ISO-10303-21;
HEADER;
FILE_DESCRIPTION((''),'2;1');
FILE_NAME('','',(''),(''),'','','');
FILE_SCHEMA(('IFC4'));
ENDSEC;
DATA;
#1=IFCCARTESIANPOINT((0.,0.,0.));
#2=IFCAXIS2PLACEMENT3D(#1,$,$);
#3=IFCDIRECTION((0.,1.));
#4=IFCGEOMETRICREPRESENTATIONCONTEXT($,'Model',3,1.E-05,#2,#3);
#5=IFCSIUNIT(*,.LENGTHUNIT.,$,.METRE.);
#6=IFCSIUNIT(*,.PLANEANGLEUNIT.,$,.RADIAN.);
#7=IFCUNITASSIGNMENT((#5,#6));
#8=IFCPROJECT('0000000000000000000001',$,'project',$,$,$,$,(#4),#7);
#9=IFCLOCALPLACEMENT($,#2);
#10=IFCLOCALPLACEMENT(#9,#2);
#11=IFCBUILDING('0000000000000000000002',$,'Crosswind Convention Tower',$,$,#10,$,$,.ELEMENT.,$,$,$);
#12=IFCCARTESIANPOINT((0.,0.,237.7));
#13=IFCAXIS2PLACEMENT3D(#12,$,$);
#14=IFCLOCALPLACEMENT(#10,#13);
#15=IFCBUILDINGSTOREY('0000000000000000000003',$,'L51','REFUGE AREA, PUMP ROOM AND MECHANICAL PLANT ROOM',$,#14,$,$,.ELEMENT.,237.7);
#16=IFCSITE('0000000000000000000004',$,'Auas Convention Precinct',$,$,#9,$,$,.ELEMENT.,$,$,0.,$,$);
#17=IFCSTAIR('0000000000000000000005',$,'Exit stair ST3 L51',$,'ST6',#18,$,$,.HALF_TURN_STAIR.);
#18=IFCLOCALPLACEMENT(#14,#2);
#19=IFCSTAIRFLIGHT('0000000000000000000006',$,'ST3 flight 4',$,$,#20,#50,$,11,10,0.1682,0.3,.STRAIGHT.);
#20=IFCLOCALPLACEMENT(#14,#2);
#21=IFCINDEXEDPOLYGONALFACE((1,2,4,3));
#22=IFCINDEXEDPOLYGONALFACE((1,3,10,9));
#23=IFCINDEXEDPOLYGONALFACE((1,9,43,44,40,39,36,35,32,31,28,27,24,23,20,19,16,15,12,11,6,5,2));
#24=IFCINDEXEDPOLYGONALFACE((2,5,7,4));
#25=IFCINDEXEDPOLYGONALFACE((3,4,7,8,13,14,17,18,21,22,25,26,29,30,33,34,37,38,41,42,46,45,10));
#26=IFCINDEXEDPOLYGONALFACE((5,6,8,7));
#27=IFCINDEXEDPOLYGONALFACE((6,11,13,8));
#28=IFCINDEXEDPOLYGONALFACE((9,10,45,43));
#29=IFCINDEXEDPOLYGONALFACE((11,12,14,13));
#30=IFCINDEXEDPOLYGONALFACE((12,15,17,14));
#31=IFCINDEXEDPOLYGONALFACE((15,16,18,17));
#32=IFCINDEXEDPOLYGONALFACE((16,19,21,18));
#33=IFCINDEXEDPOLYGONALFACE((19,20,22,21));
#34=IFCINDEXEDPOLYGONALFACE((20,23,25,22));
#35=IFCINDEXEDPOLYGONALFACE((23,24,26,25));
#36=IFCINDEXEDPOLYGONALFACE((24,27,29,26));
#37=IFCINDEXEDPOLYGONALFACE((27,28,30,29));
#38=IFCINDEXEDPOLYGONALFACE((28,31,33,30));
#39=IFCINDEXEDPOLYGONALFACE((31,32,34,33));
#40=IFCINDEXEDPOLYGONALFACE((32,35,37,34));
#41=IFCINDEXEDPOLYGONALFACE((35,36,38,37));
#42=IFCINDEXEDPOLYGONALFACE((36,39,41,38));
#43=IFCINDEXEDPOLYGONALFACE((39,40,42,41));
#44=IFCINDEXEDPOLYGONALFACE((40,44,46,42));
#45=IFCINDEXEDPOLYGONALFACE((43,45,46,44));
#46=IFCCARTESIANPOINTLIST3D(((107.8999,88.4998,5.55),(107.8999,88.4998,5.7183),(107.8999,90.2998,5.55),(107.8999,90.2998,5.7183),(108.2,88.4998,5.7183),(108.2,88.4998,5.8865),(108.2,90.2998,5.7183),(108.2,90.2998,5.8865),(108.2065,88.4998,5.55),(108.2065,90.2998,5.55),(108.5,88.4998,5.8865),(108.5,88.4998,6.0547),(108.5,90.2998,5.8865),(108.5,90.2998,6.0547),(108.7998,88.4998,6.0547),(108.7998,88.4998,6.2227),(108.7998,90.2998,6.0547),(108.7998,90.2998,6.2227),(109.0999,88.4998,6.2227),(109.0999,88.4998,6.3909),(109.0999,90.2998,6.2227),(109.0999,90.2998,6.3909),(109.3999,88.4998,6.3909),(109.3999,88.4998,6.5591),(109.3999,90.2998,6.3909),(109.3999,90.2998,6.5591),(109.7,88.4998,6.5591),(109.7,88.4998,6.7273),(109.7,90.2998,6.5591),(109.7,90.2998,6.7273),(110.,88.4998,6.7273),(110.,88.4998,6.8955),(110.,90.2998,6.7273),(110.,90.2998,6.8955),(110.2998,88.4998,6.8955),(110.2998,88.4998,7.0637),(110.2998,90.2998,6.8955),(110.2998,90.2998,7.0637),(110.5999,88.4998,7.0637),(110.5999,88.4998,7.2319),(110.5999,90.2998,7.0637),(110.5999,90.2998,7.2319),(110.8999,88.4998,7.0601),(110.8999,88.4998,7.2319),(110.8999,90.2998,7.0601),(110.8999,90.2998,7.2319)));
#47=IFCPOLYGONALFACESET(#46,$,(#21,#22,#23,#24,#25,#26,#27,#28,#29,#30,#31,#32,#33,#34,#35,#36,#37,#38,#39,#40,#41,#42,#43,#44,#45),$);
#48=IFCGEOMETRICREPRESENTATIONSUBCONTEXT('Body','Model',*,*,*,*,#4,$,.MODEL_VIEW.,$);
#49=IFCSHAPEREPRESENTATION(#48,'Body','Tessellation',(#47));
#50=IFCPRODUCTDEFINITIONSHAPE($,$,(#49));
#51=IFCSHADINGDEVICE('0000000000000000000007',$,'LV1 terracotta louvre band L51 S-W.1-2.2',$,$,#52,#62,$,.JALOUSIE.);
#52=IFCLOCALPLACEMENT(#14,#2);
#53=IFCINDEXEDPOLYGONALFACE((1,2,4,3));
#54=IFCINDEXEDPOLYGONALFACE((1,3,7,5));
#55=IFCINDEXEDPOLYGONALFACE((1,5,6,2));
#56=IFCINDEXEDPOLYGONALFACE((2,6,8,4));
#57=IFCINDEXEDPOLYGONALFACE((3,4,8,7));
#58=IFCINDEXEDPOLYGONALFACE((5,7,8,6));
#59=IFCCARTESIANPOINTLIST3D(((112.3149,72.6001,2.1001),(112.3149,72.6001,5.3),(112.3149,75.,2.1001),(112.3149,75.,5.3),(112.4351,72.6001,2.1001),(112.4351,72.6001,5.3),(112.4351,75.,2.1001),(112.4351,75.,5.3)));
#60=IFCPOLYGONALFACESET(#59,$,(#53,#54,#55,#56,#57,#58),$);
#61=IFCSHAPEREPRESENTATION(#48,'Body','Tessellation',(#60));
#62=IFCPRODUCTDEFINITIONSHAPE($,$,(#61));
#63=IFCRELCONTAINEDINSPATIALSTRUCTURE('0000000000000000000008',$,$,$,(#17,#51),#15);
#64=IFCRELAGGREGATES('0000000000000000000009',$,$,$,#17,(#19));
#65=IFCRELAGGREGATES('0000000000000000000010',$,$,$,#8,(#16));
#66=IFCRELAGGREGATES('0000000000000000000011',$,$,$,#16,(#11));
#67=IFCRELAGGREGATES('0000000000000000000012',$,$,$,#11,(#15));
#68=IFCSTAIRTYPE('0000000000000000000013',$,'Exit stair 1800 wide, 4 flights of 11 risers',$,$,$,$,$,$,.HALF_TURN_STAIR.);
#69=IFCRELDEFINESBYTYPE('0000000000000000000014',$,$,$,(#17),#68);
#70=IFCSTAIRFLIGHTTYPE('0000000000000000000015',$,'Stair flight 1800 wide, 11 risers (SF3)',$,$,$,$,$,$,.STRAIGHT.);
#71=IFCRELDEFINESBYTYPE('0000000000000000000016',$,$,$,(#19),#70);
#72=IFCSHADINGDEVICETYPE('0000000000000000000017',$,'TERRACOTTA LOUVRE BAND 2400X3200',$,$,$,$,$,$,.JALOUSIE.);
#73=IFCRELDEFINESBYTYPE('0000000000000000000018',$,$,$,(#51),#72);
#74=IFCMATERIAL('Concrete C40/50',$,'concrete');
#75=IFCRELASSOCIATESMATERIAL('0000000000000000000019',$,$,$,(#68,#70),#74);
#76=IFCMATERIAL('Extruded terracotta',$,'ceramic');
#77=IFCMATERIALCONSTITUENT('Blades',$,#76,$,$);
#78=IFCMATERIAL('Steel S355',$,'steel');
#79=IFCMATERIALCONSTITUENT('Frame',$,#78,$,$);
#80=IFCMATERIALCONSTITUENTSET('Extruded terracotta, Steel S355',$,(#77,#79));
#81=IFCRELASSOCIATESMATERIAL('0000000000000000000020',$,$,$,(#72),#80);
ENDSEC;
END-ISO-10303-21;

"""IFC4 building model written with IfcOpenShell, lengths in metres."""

from ifc_helpers import new_model, si_unit, direction, frame, origin, origin_2d, place, context, subcontext, project, spatial, polyline, rectangle, outline, extrude, material, constituent, constituent_set, type_object, element, aggregate, save


model = new_model("IFC4")

# Units and contexts
model_context = context("Model", 3, precision=1e-05, world=origin(), true_north=direction((0.0, 1.0)))
body_context = subcontext(model_context, "Body", "Model", "MODEL_VIEW")
ifc_project = project(units=[si_unit("LENGTHUNIT", "METRE"), si_unit("PLANEANGLEUNIT", "RADIAN")], contexts=[model_context])

# Site, building, storey
site_placement = place(None, origin())
site = spatial("IfcSite", under=ifc_project, at=site_placement, Name="Auas Convention Precinct", CompositionType="ELEMENT", RefElevation=0.0)
building_placement = place(site_placement, origin())
building = spatial("IfcBuilding", under=site, at=building_placement, Name="Crosswind Convention Tower", CompositionType="ELEMENT")
storey_placement = place(building_placement, frame((0.0, 0.0, 237.7)))
storey = spatial("IfcBuildingStorey", under=building, at=storey_placement, Name="L51", Description="REFUGE AREA, PUMP ROOM AND MECHANICAL PLANT ROOM", CompositionType="ELEMENT", Elevation=237.7)

# Shared definitions
ifc_material_1 = material(Name="Concrete C40/50", Category="concrete")

# Stair
stair_type = type_object("IfcStairType", Name="Exit stair 1800 wide, 4 flights of 11 risers", PredefinedType="HALF_TURN_STAIR", material=ifc_material_1)
stair_1_placement = place(storey_placement, origin())
stair_1 = element("IfcStair", 1, at=stair_1_placement, inside=storey, type_object=stair_type, Name="Exit stair ST3 L51", ObjectType="ST6", PredefinedType="HALF_TURN_STAIR")

# Stair flight
stair_flight_type = type_object("IfcStairFlightType", Name="Stair flight 1800 wide, 11 risers (SF3)", PredefinedType="STRAIGHT", material=ifc_material_1)
stair_flight_1_placement = place(storey_placement, frame((107.8999, 89.3999, 5.55), z_axis=(0.0, 0.0, 1.0), x_axis=(1.0, 0.0, 0.0)))
stair_flight_1 = element("IfcStairFlight", 2, at=stair_flight_1_placement, type_object=stair_flight_type, Name="ST3 flight 4", NumberOfRisers=11, NumberOfTreads=10, PredefinedType="STRAIGHT", RiserHeight=0.1682, TreadLength=0.3, context=body_context, shape_type="SweptSolid", body=[
    extrude(outline(polyline([(0.0, 0.0), (0.0, 0.1682), (0.3, 0.1682), (0.3, 0.3364), (0.6001, 0.3364), (0.6001, 0.5046), (0.8999, 0.5046), (0.8999, 0.6726), (1.2, 0.6726), (1.2, 0.8408), (1.5, 0.8408), (1.5, 1.009), (1.8, 1.009), (1.8, 1.1772), (2.1001, 1.1772), (2.1001, 1.3455), (2.3999, 1.3455), (2.3999, 1.5137), (2.7, 1.5137), (2.7, 1.6819), (3.0, 1.6819), (3.0, 1.8501), (3.0, 1.51), (0.3066, 0.0), (0.0, 0.0)])), frame((0.0, 0.8999, 0.0), z_axis=(0.0, -1.0, 0.0), x_axis=(1.0, 0.0, 0.0)), (0.0, 0.0, 1.0), 1.8),
])
aggregate(stair_1, [stair_flight_1])

# Shading device
ifc_material_2 = material(Name="Extruded terracotta", Category="ceramic")
ifc_constituent_1 = constituent(ifc_material_2, Name="Blades")
ifc_material_3 = material(Name="Steel S355", Category="steel")
ifc_constituent_2 = constituent(ifc_material_3, Name="Frame")
ifc_constituent_set_1 = constituent_set(constituents=[ifc_constituent_1, ifc_constituent_2], Name="Extruded terracotta, Steel S355")
shading_device_type = type_object("IfcShadingDeviceType", Name="TERRACOTTA LOUVRE BAND 2400X3200", PredefinedType="JALOUSIE", material=ifc_constituent_set_1)
shading_device_placement = place(storey_placement, frame((112.375, 73.8, 2.1001), z_axis=(0.0, 0.0, 1.0), x_axis=(0.0, -1.0, 0.0)))
element("IfcShadingDevice", 3, at=shading_device_placement, inside=storey, type_object=shading_device_type, Name="LV1 terracotta louvre band L51 S-W.1-2.2", PredefinedType="JALOUSIE", context=body_context, shape_type="SweptSolid", body=[
    extrude(rectangle(XDim=2.3999, YDim=0.1201, at=origin_2d()), origin(), (0.0, 0.0, 1.0), 3.2),
])

save(model, "model.ifc")
